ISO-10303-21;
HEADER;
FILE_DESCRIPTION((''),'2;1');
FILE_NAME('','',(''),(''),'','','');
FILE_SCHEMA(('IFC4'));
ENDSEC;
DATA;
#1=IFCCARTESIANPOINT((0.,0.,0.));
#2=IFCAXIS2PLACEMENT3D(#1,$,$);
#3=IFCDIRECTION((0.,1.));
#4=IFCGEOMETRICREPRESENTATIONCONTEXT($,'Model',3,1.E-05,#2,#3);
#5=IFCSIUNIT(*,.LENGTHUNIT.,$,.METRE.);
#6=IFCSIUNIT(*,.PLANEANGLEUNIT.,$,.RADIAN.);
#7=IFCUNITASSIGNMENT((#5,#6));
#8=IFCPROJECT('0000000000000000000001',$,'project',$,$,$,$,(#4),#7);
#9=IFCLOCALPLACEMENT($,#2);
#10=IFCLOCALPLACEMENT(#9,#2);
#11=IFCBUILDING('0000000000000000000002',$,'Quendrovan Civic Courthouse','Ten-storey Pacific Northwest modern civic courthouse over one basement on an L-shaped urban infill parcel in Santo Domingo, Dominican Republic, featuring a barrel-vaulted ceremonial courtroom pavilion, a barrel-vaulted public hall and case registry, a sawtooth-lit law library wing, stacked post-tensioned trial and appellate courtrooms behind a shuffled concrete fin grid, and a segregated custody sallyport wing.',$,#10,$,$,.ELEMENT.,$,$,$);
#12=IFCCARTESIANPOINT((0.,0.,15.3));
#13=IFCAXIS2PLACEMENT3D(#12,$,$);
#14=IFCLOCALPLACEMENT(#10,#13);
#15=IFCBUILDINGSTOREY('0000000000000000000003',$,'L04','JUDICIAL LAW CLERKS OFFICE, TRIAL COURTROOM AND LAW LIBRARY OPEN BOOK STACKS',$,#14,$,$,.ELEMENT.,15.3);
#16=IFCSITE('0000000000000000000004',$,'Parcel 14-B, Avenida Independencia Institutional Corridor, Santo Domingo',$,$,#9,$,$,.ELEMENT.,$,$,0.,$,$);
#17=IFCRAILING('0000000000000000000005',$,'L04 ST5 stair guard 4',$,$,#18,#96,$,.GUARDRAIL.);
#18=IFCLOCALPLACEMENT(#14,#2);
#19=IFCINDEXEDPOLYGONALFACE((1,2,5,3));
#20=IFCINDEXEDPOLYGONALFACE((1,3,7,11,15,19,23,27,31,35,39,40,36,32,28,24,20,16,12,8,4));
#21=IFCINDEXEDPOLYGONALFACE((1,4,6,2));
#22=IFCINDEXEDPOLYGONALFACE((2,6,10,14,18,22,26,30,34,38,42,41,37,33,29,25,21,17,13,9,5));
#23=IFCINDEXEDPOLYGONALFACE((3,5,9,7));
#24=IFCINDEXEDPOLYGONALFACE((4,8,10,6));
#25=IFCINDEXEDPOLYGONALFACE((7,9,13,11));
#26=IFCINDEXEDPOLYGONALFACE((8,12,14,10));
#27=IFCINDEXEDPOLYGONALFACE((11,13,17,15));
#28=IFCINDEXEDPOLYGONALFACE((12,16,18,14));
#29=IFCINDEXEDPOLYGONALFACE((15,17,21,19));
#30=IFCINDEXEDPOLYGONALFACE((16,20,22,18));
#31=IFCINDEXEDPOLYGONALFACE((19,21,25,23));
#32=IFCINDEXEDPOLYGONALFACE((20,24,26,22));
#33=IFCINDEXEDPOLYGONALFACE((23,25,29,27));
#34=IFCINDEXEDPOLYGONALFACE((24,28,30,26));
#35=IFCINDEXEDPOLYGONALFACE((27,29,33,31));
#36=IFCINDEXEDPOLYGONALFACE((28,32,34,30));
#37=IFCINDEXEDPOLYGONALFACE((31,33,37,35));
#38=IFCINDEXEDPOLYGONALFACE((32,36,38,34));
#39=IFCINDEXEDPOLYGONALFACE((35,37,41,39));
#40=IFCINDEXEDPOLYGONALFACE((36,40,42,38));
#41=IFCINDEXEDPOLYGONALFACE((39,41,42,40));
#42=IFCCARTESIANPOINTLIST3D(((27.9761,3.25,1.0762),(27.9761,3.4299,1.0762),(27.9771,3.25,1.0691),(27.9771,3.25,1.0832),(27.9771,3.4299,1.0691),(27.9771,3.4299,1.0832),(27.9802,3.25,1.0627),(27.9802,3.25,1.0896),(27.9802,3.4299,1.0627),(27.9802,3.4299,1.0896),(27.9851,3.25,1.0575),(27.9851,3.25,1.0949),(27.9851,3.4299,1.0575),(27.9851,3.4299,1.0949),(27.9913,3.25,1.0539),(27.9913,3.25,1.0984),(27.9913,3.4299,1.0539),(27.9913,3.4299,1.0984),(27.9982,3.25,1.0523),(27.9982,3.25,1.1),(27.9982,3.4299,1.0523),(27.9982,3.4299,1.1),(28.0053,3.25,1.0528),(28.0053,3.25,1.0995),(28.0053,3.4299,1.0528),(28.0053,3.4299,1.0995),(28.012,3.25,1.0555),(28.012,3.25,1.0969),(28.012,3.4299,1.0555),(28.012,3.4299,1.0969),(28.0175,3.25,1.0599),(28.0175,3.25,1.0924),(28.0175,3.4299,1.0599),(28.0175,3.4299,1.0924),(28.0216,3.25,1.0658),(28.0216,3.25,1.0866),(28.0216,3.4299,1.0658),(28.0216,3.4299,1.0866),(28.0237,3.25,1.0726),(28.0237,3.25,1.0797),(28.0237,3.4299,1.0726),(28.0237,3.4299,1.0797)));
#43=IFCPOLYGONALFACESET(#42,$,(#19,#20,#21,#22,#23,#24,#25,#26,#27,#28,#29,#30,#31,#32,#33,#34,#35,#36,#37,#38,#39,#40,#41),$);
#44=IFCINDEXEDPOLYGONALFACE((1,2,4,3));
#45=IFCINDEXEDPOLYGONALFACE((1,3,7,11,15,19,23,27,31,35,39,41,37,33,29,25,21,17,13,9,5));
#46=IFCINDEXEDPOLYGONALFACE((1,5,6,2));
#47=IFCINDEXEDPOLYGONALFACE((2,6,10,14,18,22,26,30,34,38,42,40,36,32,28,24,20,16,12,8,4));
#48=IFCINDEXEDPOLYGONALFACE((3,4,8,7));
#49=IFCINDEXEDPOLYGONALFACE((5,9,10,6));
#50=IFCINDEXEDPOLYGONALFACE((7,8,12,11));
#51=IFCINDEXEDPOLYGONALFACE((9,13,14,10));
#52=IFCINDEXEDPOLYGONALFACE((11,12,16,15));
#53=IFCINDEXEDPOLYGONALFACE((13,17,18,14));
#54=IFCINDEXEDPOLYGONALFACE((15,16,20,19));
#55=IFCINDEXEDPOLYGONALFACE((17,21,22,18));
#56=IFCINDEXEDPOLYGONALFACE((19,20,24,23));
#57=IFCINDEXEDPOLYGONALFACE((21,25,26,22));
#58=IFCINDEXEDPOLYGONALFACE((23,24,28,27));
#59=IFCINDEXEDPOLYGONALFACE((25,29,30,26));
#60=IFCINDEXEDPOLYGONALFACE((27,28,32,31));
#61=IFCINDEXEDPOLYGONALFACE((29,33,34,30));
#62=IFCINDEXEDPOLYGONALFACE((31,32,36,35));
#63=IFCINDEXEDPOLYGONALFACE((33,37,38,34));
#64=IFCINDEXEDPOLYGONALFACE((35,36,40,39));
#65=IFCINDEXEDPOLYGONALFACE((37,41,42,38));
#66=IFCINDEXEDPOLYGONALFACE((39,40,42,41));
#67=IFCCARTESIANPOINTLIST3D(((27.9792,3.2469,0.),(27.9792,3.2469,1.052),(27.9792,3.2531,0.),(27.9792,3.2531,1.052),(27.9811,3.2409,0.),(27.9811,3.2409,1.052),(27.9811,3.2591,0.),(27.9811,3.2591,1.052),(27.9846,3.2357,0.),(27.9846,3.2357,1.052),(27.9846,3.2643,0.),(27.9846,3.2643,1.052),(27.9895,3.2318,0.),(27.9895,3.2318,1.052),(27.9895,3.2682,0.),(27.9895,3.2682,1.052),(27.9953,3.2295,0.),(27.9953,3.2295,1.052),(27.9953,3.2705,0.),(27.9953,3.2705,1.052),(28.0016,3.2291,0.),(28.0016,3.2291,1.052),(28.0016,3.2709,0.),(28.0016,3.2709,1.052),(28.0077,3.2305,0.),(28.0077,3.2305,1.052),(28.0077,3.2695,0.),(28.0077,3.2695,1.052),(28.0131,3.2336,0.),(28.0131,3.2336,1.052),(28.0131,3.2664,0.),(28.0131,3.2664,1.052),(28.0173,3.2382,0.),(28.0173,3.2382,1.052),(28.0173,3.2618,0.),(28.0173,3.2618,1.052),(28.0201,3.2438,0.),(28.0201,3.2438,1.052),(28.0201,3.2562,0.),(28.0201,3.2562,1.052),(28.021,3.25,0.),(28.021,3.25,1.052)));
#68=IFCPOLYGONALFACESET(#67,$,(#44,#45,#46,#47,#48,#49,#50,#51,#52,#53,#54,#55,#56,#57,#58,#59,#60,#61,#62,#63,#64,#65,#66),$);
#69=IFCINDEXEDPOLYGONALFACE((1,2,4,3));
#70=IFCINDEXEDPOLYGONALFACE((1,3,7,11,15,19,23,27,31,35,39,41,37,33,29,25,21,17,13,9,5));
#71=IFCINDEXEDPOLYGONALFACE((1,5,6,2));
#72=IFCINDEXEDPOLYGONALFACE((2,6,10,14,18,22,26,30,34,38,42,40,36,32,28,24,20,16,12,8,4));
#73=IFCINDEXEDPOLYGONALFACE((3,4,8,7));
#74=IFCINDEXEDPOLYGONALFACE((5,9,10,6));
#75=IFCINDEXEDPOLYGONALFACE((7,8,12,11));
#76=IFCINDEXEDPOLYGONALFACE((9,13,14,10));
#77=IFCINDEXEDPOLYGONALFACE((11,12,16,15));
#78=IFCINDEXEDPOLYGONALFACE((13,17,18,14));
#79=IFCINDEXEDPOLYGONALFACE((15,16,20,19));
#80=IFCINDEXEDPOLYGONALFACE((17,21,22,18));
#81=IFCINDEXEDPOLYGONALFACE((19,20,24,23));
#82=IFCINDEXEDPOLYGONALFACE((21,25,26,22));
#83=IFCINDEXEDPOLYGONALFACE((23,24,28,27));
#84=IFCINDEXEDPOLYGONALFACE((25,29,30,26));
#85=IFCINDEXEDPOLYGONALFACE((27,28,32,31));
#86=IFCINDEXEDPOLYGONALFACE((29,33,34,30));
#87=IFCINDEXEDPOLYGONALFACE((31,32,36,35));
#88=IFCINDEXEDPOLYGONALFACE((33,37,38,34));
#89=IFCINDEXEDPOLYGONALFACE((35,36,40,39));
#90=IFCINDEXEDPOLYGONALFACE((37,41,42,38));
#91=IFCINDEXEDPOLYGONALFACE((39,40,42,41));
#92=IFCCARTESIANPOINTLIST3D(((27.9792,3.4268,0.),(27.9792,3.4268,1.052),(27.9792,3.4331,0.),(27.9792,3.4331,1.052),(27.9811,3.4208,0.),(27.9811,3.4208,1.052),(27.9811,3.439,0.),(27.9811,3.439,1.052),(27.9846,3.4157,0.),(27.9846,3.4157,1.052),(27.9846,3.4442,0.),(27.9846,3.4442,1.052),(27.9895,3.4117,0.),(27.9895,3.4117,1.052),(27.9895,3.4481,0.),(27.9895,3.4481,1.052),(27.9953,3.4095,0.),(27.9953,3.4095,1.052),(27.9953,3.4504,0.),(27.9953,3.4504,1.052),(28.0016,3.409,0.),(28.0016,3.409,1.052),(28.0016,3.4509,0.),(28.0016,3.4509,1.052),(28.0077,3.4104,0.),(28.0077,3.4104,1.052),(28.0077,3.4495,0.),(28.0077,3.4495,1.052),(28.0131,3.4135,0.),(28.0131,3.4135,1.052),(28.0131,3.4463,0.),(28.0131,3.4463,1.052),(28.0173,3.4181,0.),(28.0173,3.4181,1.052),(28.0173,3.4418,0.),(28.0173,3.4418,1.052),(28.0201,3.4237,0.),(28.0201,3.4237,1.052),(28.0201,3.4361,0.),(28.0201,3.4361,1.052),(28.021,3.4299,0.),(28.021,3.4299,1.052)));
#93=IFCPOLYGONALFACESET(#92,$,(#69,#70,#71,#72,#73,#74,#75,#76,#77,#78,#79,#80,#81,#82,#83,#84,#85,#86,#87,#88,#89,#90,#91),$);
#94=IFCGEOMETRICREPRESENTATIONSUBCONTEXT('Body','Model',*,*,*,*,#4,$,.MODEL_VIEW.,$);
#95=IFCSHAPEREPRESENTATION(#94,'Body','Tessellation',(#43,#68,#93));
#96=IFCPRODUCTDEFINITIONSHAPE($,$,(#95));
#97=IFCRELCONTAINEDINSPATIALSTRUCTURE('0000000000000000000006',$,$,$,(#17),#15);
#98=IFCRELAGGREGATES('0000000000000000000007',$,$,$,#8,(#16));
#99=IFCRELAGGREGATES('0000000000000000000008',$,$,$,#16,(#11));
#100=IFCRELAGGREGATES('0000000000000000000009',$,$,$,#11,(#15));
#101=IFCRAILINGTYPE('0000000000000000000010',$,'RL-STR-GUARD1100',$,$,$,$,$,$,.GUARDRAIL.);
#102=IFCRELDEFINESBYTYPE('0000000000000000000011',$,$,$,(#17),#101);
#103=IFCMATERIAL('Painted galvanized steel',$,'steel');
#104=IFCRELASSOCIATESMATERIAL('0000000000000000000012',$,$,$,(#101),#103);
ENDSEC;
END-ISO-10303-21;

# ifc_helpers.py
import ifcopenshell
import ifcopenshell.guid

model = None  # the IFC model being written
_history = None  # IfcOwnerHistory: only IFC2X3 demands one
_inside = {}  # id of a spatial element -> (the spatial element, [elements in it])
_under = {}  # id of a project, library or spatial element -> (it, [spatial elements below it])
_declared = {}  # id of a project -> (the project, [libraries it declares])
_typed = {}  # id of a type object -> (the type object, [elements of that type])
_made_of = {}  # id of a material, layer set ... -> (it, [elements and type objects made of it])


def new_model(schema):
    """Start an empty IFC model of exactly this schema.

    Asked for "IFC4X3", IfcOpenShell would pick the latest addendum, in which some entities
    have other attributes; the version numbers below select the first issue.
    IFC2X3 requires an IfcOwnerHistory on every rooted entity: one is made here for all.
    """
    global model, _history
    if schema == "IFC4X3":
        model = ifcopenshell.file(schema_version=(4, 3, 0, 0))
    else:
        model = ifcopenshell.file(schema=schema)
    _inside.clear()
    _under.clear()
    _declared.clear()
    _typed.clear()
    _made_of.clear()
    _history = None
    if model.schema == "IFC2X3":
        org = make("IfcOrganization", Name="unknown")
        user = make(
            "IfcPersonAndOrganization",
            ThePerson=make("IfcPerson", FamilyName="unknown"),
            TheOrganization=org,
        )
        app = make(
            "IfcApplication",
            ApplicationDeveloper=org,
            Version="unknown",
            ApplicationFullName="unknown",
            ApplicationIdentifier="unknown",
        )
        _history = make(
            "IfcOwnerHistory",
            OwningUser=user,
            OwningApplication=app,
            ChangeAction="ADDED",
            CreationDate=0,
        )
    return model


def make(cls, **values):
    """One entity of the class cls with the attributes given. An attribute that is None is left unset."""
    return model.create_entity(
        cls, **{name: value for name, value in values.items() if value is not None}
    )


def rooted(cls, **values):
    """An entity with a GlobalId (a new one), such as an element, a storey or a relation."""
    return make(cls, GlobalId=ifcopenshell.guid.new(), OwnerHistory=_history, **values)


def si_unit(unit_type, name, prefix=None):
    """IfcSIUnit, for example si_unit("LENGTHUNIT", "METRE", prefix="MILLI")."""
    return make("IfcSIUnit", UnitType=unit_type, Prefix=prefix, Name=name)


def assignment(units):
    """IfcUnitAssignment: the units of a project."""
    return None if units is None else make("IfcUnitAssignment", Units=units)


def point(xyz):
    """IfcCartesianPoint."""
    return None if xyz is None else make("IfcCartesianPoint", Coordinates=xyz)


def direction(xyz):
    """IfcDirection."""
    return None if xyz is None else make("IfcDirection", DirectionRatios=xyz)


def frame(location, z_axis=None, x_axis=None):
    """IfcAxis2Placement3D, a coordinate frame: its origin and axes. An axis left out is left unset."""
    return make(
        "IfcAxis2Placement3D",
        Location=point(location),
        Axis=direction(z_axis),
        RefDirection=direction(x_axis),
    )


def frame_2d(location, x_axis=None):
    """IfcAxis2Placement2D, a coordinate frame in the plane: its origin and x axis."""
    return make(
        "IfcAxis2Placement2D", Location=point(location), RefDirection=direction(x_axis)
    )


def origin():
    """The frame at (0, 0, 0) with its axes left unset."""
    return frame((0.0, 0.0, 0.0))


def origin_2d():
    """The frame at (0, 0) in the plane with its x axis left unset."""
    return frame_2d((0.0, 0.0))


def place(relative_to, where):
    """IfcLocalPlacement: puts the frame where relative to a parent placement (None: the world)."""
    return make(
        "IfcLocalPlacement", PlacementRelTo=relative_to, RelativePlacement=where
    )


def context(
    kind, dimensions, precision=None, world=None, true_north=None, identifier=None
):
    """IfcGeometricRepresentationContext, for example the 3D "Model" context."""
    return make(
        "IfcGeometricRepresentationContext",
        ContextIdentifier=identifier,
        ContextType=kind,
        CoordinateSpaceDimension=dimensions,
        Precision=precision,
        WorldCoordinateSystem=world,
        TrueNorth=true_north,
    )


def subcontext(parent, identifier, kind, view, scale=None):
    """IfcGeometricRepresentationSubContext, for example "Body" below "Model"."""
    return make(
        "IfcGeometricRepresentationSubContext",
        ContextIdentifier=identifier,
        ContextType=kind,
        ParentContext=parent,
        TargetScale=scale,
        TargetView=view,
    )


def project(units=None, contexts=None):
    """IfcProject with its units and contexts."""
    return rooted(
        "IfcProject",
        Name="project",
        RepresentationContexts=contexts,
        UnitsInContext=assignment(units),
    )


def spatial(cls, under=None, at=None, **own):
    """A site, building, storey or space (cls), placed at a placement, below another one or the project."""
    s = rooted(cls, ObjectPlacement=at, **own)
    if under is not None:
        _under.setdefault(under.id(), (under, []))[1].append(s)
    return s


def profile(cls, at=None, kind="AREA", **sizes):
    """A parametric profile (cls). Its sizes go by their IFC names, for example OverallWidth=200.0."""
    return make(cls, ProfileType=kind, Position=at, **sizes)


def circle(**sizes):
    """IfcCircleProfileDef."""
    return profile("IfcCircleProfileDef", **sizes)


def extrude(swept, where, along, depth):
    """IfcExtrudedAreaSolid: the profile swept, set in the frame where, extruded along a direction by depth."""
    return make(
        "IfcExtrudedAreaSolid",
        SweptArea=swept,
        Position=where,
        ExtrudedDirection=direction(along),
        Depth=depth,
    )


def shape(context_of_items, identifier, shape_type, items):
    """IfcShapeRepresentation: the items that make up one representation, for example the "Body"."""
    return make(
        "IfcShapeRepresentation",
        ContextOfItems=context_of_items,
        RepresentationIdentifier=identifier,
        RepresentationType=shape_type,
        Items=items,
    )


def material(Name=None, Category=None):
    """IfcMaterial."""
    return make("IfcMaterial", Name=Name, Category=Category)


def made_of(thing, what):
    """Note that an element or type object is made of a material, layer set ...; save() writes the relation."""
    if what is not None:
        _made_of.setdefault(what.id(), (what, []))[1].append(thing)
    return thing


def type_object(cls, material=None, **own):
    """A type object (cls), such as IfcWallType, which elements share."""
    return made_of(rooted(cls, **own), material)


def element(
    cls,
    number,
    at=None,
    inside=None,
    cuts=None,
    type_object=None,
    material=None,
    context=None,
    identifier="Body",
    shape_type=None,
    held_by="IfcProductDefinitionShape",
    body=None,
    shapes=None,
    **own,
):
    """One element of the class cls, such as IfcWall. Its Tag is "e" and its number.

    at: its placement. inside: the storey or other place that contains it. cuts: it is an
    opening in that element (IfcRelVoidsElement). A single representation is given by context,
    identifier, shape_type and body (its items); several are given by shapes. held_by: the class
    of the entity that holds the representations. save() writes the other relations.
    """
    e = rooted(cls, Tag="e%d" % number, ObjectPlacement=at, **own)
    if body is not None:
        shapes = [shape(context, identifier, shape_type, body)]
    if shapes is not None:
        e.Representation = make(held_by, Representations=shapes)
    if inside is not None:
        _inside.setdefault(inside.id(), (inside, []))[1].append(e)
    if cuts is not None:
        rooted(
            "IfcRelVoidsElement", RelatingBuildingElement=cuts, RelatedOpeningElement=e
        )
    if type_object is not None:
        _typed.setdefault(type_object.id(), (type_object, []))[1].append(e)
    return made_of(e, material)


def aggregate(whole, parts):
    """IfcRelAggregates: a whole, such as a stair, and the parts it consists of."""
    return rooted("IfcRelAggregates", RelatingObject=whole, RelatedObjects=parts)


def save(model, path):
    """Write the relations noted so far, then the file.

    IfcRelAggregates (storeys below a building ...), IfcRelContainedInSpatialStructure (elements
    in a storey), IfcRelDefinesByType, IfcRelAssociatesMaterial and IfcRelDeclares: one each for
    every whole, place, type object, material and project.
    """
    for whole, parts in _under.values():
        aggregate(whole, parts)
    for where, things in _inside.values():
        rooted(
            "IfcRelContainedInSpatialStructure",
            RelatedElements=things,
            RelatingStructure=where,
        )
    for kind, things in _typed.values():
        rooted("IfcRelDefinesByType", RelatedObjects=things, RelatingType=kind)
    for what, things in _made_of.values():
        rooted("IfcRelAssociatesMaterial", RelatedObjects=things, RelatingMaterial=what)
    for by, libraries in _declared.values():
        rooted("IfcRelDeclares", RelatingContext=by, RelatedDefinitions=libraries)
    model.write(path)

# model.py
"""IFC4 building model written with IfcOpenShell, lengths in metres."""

from ifc_helpers import new_model, si_unit, direction, frame, origin, origin_2d, place, context, subcontext, project, spatial, circle, extrude, material, type_object, element, save


model = new_model("IFC4")

# Units and contexts
model_context = context("Model", 3, precision=1e-05, world=origin(), true_north=direction((0.0, 1.0)))
body_context = subcontext(model_context, "Body", "Model", "MODEL_VIEW")
ifc_project = project(units=[si_unit("LENGTHUNIT", "METRE"), si_unit("PLANEANGLEUNIT", "RADIAN")], contexts=[model_context])

# Site, building, storey
site_placement = place(None, origin())
site = spatial("IfcSite", under=ifc_project, at=site_placement, Name="Parcel 14-B, Avenida Independencia Institutional Corridor, Santo Domingo", CompositionType="ELEMENT", RefElevation=0.0)
building_placement = place(site_placement, origin())
building = spatial("IfcBuilding", under=site, at=building_placement, Name="Quendrovan Civic Courthouse", Description="Ten-storey Pacific Northwest modern civic courthouse over one basement on an L-shaped urban infill parcel in Santo Domingo, Dominican Republic, featuring a barrel-vaulted ceremonial courtroom pavilion, a barrel-vaulted public hall and case registry, a sawtooth-lit law library wing, stacked post-tensioned trial and appellate courtrooms behind a shuffled concrete fin grid, and a segregated custody sallyport wing.", CompositionType="ELEMENT")
storey_placement = place(building_placement, frame((0.0, 0.0, 15.3)))
storey = spatial("IfcBuildingStorey", under=building, at=storey_placement, Name="L04", Description="JUDICIAL LAW CLERKS OFFICE, TRIAL COURTROOM AND LAW LIBRARY OPEN BOOK STACKS", CompositionType="ELEMENT", Elevation=15.3)

# Railing
ifc_material_1 = material(Name="Painted galvanized steel", Category="steel")
railing_type_1 = type_object("IfcRailingType", Name="RL-STR-GUARD1100", PredefinedType="GUARDRAIL", material=ifc_material_1)
railing_1_placement = place(storey_placement, frame((28.0, 3.25, 0.0)))
element("IfcRailing", 1, at=railing_1_placement, inside=storey, type_object=railing_type_1, Name="L04 ST5 stair guard 4", PredefinedType="GUARDRAIL", context=body_context, shape_type="SweptSolid", body=[
    extrude(circle(Radius=0.0239, at=origin_2d()), frame((0.0, 0.0, 1.0762), z_axis=(0.0, 1.0, 0.0), x_axis=(-1.0, 0.0, 0.0)), (0.0, 0.0, 1.0), 0.1799),
    extrude(circle(Radius=0.021, at=origin_2d()), origin(), (0.0, 0.0, 1.0), 1.052),
    extrude(circle(Radius=0.021, at=origin_2d()), frame((0.0, 0.1799, 0.0)), (0.0, 0.0, 1.0), 1.052),
])

save(model, "model.ifc")
